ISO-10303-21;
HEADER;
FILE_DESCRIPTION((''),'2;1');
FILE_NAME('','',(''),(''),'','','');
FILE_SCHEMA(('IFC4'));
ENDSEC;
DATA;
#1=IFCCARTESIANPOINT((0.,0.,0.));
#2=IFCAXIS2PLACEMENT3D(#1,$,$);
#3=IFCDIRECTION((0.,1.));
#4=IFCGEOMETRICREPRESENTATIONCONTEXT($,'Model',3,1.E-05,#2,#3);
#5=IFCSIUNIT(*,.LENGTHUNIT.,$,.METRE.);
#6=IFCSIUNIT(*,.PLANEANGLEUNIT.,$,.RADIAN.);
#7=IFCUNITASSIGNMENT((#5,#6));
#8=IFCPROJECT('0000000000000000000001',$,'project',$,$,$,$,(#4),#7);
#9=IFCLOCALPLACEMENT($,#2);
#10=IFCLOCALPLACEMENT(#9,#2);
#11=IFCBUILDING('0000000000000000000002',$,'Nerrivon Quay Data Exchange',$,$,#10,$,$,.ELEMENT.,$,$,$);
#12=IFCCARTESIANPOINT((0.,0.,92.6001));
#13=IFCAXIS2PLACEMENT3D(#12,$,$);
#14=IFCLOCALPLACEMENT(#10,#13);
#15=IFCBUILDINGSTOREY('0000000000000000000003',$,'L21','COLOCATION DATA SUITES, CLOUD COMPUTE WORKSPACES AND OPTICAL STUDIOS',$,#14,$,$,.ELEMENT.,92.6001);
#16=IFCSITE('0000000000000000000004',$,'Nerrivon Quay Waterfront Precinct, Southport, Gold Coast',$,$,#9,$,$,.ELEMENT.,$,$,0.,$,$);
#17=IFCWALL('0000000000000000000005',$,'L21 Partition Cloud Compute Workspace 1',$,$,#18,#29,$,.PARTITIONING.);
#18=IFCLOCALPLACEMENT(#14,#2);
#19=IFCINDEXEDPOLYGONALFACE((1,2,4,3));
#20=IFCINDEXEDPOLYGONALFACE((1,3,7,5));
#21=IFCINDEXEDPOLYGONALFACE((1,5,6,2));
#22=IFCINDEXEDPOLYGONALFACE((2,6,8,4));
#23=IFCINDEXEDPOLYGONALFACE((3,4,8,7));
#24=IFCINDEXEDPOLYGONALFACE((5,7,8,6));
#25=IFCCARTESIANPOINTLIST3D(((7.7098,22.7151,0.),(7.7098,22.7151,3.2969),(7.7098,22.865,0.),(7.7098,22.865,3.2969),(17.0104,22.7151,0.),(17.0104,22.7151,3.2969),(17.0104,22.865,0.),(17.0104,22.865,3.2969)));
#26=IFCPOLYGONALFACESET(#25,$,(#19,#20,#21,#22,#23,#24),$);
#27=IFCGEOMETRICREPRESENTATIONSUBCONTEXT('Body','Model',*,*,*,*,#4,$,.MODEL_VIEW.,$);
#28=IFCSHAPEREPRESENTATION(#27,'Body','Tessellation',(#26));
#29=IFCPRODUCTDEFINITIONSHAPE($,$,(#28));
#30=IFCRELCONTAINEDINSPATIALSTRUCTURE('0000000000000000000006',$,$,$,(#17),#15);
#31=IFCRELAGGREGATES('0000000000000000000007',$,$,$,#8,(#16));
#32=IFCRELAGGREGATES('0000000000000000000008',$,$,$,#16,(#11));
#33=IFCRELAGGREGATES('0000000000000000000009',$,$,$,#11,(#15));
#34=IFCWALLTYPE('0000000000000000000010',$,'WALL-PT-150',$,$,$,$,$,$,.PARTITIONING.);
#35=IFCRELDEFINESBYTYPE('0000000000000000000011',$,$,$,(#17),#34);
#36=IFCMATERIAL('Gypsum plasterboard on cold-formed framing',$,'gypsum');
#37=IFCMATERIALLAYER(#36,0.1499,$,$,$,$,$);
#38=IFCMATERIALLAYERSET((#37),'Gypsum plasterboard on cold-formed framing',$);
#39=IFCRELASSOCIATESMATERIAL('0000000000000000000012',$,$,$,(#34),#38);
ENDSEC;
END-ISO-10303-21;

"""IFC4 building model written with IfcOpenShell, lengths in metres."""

from ifc_helpers import new_model, si_unit, direction, frame, frame_2d, origin, place, context, subcontext, project, spatial, rectangle, extrude, material, layer, layer_set, type_object, element, save


model = new_model("IFC4")

# Units and contexts
model_context = context("Model", 3, precision=1e-05, world=origin(), true_north=direction((0.0, 1.0)))
body_context = subcontext(model_context, "Body", "Model", "MODEL_VIEW")
ifc_project = project(units=[si_unit("LENGTHUNIT", "METRE"), si_unit("PLANEANGLEUNIT", "RADIAN")], contexts=[model_context])

# Site, building, storey
site_placement = place(None, origin())
site = spatial("IfcSite", under=ifc_project, at=site_placement, Name="Nerrivon Quay Waterfront Precinct, Southport, Gold Coast", CompositionType="ELEMENT", RefElevation=0.0)
building_placement = place(site_placement, origin())
building = spatial("IfcBuilding", under=site, at=building_placement, Name="Nerrivon Quay Data Exchange", CompositionType="ELEMENT")
storey_placement = place(building_placement, frame((0.0, 0.0, 92.6001)))
storey = spatial("IfcBuildingStorey", under=building, at=storey_placement, Name="L21", Description="COLOCATION DATA SUITES, CLOUD COMPUTE WORKSPACES AND OPTICAL STUDIOS", CompositionType="ELEMENT", Elevation=92.6001)

# Shared definitions
ifc_material_1 = material(Name="Gypsum plasterboard on cold-formed framing", Category="gypsum")

# Wall
ifc_layer_1 = layer(ifc_material_1, 0.1499)
ifc_layer_set_1 = layer_set([ifc_layer_1], Name="Gypsum plasterboard on cold-formed framing")
wall_type_1 = type_object("IfcWallType", Name="WALL-PT-150", PredefinedType="PARTITIONING", material=ifc_layer_set_1)
wall_1_placement = place(storey_placement, frame((17.0105, 22.79, 0.0), z_axis=(0.0, 0.0, 1.0), x_axis=(-1.0, 0.0, 0.0)))
element("IfcWall", 1, at=wall_1_placement, inside=storey, type_object=wall_type_1, Name="L21 Partition Cloud Compute Workspace 1", PredefinedType="PARTITIONING", context=body_context, shape_type="SweptSolid", body=[
    extrude(rectangle(XDim=9.3005, YDim=0.1499, at=frame_2d((4.6504, 0.0))), origin(), (0.0, 0.0, 1.0), 3.2969),
])

save(model, "model.ifc")
